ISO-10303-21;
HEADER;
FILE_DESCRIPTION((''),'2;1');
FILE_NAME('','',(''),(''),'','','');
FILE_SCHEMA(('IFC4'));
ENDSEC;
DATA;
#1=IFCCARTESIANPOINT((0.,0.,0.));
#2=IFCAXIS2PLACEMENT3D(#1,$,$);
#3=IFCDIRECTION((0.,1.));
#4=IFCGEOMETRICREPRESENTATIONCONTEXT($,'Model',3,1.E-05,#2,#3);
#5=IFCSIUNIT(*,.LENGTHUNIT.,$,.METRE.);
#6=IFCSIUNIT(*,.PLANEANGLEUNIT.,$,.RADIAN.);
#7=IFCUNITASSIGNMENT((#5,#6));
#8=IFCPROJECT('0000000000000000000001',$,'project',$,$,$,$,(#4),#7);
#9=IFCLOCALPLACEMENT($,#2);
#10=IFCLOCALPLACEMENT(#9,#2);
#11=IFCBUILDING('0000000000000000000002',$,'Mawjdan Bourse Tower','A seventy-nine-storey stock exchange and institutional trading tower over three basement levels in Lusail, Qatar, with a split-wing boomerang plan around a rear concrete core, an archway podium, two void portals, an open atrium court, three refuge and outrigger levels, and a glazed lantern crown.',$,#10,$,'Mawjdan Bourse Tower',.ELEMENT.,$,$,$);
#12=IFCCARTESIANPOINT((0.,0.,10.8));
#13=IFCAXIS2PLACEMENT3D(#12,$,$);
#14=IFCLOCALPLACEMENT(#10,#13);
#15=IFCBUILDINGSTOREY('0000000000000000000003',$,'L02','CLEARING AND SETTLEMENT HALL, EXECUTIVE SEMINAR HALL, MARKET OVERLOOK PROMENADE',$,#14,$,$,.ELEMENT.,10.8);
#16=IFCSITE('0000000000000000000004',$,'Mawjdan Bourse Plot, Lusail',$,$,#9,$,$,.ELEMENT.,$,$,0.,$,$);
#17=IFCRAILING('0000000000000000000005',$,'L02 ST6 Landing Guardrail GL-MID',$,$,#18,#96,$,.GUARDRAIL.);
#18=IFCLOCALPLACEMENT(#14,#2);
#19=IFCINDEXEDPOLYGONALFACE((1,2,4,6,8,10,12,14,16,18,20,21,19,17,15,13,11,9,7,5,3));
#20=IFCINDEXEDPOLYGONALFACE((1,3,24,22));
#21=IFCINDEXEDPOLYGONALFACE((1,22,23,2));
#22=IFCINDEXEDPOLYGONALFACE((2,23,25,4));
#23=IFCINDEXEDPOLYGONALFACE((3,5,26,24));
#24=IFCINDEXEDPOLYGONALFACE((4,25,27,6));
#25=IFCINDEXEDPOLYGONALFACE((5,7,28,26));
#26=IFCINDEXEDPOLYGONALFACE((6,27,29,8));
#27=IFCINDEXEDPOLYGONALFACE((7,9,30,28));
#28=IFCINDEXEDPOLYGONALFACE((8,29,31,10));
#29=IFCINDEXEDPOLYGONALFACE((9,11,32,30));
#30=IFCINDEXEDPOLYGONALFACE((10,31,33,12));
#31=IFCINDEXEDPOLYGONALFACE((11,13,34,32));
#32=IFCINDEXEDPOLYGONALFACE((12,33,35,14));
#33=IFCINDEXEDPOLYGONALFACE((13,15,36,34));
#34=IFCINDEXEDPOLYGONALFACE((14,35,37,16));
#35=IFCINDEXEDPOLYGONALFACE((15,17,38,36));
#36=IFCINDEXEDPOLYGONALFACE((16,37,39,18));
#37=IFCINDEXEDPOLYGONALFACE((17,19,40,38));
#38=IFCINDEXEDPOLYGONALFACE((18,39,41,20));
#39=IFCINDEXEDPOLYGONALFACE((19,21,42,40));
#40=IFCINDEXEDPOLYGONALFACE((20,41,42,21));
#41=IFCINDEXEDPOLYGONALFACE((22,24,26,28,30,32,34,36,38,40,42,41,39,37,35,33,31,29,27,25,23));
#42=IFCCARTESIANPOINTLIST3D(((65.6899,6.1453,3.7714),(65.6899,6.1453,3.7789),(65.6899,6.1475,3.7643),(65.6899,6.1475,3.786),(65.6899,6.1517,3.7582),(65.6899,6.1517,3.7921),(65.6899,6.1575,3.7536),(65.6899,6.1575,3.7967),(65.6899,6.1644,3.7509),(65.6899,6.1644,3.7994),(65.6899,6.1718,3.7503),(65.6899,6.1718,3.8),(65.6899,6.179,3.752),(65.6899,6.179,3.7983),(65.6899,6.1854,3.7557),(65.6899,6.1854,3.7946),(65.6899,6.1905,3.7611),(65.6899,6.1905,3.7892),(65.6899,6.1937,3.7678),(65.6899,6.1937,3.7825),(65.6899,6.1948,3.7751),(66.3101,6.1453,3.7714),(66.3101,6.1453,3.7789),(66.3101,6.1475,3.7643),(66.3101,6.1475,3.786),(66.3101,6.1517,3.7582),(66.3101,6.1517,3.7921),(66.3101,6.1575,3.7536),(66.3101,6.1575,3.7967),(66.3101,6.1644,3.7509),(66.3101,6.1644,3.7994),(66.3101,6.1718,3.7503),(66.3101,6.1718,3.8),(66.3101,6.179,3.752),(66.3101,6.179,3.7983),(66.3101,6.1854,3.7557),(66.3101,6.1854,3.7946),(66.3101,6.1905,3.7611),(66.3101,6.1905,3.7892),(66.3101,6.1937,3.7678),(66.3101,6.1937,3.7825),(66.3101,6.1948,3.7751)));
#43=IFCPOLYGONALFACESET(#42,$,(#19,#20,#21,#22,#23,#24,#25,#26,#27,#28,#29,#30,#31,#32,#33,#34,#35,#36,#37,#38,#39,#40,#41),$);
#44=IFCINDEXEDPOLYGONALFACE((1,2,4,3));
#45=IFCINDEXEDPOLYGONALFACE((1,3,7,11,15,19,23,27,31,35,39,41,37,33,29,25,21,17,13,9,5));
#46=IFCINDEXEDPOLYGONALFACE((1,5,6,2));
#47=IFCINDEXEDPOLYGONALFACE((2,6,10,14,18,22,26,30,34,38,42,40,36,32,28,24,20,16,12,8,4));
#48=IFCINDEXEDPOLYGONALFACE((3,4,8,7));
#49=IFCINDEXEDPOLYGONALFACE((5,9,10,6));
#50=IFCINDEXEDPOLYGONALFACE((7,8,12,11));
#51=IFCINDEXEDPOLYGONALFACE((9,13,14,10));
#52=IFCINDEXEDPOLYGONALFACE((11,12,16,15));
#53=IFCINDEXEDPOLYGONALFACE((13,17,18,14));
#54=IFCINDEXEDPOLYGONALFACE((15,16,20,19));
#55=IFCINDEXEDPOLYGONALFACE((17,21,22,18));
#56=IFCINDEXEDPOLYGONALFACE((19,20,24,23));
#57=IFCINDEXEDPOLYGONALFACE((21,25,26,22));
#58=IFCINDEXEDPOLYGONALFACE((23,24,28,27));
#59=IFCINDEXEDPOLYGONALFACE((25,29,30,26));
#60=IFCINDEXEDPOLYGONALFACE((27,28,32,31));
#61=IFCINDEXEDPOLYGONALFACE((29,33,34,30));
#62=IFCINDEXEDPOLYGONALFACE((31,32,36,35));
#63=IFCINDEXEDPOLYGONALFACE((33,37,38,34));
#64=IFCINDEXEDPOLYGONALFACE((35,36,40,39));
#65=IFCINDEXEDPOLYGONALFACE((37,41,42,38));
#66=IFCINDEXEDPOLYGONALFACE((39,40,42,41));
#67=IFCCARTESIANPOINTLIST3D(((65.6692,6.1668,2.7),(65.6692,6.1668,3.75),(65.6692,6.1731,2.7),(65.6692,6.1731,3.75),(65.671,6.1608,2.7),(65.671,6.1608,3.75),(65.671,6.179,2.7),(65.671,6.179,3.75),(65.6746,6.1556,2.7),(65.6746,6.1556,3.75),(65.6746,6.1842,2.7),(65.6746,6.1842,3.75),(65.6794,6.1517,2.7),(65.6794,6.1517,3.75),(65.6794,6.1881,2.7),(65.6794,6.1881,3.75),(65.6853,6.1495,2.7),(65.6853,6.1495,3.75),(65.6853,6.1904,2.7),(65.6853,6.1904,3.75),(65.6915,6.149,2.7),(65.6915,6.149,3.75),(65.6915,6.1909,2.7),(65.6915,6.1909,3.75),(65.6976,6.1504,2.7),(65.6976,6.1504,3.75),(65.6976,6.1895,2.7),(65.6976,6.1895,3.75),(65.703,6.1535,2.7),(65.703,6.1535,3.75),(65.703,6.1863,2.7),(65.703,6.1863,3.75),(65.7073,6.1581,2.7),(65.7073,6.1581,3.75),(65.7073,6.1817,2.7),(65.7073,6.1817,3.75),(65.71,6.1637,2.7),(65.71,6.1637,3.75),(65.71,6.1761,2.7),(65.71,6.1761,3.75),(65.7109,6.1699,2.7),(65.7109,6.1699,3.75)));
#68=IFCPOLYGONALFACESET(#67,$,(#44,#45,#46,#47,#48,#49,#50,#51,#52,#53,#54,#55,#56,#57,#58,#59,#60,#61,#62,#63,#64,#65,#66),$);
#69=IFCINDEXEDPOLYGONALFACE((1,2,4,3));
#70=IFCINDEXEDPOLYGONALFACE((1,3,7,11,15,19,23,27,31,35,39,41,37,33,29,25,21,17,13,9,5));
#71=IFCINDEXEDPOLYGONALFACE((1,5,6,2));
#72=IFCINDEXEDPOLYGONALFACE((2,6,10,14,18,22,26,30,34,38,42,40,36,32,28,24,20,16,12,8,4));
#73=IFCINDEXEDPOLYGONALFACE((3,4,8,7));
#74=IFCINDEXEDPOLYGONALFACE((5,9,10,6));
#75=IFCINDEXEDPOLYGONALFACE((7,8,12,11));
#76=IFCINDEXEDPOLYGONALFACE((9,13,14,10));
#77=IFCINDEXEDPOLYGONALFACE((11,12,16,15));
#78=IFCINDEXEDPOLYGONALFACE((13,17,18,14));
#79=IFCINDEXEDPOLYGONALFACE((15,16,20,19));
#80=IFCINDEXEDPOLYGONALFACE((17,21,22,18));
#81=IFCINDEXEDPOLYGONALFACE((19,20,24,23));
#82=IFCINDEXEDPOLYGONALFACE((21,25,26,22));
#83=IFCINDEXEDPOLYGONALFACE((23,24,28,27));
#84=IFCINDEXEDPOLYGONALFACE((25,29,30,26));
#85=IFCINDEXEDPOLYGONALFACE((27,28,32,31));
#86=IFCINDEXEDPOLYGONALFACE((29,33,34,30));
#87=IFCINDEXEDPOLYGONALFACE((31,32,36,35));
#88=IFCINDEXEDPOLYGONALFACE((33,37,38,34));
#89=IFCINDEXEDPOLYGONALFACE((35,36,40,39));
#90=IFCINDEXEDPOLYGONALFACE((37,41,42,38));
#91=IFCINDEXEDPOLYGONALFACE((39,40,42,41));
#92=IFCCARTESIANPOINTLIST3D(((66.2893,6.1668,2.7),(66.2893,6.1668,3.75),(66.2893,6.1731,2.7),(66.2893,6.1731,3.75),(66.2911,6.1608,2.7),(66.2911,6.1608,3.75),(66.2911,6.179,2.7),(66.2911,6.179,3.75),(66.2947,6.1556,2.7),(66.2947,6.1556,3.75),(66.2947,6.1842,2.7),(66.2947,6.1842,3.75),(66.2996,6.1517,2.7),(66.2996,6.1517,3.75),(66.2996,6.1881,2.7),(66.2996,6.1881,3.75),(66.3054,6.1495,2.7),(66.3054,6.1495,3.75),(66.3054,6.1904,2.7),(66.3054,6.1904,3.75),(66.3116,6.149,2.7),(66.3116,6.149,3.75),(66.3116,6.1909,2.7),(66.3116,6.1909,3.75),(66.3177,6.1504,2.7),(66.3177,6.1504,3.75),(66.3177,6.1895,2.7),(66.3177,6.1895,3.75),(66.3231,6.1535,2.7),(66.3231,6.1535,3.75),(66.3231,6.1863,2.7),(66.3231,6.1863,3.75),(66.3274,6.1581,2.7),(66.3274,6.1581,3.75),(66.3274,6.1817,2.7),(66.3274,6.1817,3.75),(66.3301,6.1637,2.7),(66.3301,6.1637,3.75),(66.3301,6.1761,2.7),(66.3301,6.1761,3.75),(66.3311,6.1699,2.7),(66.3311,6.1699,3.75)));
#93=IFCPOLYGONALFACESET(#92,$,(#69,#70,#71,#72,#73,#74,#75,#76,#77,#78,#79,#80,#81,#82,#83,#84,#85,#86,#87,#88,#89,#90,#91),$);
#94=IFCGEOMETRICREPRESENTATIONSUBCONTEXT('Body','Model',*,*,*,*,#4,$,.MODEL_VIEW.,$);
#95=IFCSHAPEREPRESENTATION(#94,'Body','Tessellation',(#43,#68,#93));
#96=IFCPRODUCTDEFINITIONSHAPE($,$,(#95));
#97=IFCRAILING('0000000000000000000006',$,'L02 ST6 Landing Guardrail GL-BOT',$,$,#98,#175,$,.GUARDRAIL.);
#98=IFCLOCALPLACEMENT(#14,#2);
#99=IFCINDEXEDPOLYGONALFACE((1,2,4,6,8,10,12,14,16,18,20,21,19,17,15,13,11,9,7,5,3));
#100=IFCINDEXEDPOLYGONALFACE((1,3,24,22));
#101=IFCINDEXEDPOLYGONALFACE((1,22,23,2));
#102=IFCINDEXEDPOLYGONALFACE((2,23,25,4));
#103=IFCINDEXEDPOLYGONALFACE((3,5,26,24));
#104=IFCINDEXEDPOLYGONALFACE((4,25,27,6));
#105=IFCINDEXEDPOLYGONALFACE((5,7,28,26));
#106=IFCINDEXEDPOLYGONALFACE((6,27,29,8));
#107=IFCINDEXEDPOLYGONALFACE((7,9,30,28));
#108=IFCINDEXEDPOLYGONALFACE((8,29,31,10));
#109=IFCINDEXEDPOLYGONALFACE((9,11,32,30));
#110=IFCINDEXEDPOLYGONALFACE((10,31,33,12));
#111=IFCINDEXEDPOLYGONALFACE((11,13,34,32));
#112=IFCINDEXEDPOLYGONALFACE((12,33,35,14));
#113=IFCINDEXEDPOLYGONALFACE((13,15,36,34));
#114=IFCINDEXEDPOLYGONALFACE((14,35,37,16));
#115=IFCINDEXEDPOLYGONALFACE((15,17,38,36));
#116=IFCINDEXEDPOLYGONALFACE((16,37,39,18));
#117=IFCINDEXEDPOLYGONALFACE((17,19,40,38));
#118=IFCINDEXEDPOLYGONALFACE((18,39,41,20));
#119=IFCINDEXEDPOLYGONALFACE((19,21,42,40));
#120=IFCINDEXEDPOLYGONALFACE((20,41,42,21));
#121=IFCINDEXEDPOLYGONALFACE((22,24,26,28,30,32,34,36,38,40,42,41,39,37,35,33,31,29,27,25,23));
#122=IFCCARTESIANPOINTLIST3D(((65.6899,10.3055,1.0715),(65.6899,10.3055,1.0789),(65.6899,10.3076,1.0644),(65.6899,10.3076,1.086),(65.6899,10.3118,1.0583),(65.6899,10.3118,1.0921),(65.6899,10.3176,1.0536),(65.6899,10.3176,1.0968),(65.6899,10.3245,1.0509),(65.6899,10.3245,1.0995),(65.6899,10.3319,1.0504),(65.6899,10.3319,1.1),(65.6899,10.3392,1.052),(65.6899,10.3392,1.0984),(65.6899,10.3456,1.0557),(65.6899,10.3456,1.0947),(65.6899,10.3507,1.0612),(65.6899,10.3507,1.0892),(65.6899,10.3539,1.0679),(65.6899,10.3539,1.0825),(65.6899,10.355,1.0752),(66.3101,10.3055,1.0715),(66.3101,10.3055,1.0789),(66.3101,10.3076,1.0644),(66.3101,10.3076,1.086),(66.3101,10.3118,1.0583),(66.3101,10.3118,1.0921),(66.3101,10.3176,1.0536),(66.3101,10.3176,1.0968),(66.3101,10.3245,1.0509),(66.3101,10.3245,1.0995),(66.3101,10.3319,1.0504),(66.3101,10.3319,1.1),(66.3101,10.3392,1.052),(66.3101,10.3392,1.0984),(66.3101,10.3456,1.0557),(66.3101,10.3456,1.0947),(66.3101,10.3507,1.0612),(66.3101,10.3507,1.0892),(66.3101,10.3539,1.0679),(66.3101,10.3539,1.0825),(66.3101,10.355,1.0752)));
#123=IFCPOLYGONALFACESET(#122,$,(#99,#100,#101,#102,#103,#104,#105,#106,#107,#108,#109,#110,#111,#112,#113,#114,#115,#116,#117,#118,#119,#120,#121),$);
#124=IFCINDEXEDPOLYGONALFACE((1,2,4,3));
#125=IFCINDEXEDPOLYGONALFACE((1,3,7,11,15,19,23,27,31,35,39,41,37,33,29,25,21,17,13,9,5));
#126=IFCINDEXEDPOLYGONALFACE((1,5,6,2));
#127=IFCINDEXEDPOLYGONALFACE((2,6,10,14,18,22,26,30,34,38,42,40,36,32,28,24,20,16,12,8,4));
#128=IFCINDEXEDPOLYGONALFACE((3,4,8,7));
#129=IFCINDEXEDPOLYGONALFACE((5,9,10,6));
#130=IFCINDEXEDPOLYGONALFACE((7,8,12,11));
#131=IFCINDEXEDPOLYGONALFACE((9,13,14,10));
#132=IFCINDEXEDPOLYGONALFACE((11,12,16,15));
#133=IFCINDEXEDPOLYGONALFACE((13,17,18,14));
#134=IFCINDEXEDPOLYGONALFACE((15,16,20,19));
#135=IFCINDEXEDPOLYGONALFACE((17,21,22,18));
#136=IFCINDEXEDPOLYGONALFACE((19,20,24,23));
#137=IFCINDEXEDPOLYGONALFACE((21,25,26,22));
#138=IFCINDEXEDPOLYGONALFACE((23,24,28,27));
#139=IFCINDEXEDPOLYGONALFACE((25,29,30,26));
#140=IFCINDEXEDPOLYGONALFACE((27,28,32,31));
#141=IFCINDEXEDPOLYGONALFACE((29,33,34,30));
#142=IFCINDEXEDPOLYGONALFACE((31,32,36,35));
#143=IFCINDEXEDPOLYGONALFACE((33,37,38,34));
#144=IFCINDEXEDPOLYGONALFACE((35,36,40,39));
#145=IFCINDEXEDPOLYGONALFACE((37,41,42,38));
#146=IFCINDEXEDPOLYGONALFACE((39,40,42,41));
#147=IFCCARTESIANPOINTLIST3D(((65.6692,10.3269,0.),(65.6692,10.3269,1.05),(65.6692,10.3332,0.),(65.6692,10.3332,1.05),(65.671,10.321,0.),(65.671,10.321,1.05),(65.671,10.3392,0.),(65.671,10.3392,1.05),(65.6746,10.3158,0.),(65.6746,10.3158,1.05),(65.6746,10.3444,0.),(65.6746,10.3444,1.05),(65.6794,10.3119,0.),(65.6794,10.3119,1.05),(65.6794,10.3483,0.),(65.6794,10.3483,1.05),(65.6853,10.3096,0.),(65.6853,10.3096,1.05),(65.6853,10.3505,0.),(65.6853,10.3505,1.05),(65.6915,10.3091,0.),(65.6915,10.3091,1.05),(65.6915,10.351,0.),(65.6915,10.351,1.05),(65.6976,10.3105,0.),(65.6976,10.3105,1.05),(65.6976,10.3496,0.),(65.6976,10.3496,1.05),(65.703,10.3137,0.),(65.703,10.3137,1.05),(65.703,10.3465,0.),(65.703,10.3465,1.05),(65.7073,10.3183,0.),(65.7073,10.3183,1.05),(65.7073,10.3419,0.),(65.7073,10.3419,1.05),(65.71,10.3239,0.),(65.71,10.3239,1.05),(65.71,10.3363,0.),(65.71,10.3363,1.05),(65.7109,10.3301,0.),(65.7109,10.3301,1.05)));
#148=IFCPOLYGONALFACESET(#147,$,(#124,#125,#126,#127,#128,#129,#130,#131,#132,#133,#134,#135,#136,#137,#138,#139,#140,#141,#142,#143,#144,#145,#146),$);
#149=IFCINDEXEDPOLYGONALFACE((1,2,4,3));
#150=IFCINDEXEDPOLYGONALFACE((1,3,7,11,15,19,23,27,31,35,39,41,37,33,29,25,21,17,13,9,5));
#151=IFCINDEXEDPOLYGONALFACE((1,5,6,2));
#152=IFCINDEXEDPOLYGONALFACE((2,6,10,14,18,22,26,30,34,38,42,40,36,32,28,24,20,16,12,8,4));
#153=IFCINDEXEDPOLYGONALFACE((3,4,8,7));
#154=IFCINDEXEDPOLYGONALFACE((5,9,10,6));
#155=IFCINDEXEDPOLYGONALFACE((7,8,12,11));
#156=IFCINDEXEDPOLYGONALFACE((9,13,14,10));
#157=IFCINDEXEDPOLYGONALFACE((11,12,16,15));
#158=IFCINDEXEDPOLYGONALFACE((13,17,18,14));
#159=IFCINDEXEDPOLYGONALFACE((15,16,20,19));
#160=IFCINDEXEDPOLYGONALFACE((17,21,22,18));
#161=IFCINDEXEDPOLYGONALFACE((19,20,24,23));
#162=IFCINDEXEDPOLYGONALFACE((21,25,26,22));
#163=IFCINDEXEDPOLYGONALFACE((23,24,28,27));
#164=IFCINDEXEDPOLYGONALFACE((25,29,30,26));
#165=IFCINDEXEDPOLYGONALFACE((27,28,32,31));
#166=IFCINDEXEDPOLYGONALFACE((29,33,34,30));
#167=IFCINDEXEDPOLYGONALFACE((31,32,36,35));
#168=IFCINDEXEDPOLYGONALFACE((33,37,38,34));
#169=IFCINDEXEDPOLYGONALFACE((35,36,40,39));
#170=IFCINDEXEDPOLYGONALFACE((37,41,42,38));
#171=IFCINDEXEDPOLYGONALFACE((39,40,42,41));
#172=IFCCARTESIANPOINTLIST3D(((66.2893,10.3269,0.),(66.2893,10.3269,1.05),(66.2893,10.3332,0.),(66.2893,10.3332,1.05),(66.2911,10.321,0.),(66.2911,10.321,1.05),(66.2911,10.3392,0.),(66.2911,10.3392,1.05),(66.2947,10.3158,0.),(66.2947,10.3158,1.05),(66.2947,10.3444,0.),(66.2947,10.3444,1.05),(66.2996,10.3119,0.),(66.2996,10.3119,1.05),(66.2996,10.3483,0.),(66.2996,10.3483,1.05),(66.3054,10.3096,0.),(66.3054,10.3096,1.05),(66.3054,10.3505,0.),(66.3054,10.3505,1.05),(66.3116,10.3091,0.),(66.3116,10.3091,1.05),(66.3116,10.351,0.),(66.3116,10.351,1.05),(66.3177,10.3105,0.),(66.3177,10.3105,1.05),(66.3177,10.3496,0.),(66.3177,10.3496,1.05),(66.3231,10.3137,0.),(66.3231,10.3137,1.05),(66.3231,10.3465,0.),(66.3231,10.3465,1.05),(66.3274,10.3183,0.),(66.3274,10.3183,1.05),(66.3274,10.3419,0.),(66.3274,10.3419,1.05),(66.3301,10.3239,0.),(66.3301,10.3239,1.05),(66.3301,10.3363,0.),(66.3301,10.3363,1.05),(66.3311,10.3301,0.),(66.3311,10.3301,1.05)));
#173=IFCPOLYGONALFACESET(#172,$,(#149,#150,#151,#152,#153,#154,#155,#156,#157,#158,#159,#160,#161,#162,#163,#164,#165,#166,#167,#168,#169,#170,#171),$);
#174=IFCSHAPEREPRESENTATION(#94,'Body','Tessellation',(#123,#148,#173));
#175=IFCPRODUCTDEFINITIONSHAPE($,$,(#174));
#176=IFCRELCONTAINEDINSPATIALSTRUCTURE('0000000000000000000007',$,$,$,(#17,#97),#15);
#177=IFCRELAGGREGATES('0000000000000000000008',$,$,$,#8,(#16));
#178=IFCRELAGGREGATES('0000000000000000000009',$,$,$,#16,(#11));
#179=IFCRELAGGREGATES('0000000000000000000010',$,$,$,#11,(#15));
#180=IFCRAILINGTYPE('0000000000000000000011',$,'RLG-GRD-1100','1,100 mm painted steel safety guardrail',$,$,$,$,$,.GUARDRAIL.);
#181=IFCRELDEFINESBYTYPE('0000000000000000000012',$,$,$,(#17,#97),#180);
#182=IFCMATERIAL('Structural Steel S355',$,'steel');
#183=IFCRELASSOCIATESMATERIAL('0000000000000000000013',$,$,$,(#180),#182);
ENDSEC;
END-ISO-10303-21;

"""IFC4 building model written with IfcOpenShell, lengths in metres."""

from ifc_helpers import new_model, si_unit, direction, frame, origin, origin_2d, place, context, subcontext, project, spatial, circle, extrude, material, type_object, element, save


model = new_model("IFC4")

# Units and contexts
model_context = context("Model", 3, precision=1e-05, world=origin(), true_north=direction((0.0, 1.0)))
body_context = subcontext(model_context, "Body", "Model", "MODEL_VIEW")
ifc_project = project(units=[si_unit("LENGTHUNIT", "METRE"), si_unit("PLANEANGLEUNIT", "RADIAN")], contexts=[model_context])

# Site, building, storey
site_placement = place(None, origin())
site = spatial("IfcSite", under=ifc_project, at=site_placement, Name="Mawjdan Bourse Plot, Lusail", CompositionType="ELEMENT", RefElevation=0.0)
building_placement = place(site_placement, origin())
building = spatial("IfcBuilding", under=site, at=building_placement, Name="Mawjdan Bourse Tower", Description="A seventy-nine-storey stock exchange and institutional trading tower over three basement levels in Lusail, Qatar, with a split-wing boomerang plan around a rear concrete core, an archway podium, two void portals, an open atrium court, three refuge and outrigger levels, and a glazed lantern crown.", LongName="Mawjdan Bourse Tower", CompositionType="ELEMENT")
storey_placement = place(building_placement, frame((0.0, 0.0, 10.8)))
storey = spatial("IfcBuildingStorey", under=building, at=storey_placement, Name="L02", Description="CLEARING AND SETTLEMENT HALL, EXECUTIVE SEMINAR HALL, MARKET OVERLOOK PROMENADE", CompositionType="ELEMENT", Elevation=10.8)

# Shared definitions
ifc_material_1 = material(Name="Structural Steel S355", Category="steel")

# Railings
railing_type_1 = type_object("IfcRailingType", Name="RLG-GRD-1100", Description="1,100 mm painted steel safety guardrail", PredefinedType="GUARDRAIL", material=ifc_material_1)
for number, where, name in (
    (1, (65.6899, 6.1699, 2.7), "L02 ST6 Landing Guardrail GL-MID"),
    (2, (65.6899, 10.3301, 0.0), "L02 ST6 Landing Guardrail GL-BOT"),
):
    element("IfcRailing", number, at=place(storey_placement, frame(where)), inside=storey, type_object=railing_type_1, Name=name, PredefinedType="GUARDRAIL", context=body_context, shape_type="SweptSolid", body=[
        extrude(circle(Radius=0.0249, at=origin_2d()), frame((0.0, 0.0, 1.0752), z_axis=(1.0, 0.0, 0.0), x_axis=(0.0, 1.0, 0.0)), (0.0, 0.0, 1.0), 0.6201),
        extrude(circle(Radius=0.021, at=origin_2d()), origin(), (0.0, 0.0, 1.0), 1.05),
        extrude(circle(Radius=0.021, at=origin_2d()), frame((0.6201, 0.0, 0.0)), (0.0, 0.0, 1.0), 1.05),
    ])

save(model, "model.ifc")
